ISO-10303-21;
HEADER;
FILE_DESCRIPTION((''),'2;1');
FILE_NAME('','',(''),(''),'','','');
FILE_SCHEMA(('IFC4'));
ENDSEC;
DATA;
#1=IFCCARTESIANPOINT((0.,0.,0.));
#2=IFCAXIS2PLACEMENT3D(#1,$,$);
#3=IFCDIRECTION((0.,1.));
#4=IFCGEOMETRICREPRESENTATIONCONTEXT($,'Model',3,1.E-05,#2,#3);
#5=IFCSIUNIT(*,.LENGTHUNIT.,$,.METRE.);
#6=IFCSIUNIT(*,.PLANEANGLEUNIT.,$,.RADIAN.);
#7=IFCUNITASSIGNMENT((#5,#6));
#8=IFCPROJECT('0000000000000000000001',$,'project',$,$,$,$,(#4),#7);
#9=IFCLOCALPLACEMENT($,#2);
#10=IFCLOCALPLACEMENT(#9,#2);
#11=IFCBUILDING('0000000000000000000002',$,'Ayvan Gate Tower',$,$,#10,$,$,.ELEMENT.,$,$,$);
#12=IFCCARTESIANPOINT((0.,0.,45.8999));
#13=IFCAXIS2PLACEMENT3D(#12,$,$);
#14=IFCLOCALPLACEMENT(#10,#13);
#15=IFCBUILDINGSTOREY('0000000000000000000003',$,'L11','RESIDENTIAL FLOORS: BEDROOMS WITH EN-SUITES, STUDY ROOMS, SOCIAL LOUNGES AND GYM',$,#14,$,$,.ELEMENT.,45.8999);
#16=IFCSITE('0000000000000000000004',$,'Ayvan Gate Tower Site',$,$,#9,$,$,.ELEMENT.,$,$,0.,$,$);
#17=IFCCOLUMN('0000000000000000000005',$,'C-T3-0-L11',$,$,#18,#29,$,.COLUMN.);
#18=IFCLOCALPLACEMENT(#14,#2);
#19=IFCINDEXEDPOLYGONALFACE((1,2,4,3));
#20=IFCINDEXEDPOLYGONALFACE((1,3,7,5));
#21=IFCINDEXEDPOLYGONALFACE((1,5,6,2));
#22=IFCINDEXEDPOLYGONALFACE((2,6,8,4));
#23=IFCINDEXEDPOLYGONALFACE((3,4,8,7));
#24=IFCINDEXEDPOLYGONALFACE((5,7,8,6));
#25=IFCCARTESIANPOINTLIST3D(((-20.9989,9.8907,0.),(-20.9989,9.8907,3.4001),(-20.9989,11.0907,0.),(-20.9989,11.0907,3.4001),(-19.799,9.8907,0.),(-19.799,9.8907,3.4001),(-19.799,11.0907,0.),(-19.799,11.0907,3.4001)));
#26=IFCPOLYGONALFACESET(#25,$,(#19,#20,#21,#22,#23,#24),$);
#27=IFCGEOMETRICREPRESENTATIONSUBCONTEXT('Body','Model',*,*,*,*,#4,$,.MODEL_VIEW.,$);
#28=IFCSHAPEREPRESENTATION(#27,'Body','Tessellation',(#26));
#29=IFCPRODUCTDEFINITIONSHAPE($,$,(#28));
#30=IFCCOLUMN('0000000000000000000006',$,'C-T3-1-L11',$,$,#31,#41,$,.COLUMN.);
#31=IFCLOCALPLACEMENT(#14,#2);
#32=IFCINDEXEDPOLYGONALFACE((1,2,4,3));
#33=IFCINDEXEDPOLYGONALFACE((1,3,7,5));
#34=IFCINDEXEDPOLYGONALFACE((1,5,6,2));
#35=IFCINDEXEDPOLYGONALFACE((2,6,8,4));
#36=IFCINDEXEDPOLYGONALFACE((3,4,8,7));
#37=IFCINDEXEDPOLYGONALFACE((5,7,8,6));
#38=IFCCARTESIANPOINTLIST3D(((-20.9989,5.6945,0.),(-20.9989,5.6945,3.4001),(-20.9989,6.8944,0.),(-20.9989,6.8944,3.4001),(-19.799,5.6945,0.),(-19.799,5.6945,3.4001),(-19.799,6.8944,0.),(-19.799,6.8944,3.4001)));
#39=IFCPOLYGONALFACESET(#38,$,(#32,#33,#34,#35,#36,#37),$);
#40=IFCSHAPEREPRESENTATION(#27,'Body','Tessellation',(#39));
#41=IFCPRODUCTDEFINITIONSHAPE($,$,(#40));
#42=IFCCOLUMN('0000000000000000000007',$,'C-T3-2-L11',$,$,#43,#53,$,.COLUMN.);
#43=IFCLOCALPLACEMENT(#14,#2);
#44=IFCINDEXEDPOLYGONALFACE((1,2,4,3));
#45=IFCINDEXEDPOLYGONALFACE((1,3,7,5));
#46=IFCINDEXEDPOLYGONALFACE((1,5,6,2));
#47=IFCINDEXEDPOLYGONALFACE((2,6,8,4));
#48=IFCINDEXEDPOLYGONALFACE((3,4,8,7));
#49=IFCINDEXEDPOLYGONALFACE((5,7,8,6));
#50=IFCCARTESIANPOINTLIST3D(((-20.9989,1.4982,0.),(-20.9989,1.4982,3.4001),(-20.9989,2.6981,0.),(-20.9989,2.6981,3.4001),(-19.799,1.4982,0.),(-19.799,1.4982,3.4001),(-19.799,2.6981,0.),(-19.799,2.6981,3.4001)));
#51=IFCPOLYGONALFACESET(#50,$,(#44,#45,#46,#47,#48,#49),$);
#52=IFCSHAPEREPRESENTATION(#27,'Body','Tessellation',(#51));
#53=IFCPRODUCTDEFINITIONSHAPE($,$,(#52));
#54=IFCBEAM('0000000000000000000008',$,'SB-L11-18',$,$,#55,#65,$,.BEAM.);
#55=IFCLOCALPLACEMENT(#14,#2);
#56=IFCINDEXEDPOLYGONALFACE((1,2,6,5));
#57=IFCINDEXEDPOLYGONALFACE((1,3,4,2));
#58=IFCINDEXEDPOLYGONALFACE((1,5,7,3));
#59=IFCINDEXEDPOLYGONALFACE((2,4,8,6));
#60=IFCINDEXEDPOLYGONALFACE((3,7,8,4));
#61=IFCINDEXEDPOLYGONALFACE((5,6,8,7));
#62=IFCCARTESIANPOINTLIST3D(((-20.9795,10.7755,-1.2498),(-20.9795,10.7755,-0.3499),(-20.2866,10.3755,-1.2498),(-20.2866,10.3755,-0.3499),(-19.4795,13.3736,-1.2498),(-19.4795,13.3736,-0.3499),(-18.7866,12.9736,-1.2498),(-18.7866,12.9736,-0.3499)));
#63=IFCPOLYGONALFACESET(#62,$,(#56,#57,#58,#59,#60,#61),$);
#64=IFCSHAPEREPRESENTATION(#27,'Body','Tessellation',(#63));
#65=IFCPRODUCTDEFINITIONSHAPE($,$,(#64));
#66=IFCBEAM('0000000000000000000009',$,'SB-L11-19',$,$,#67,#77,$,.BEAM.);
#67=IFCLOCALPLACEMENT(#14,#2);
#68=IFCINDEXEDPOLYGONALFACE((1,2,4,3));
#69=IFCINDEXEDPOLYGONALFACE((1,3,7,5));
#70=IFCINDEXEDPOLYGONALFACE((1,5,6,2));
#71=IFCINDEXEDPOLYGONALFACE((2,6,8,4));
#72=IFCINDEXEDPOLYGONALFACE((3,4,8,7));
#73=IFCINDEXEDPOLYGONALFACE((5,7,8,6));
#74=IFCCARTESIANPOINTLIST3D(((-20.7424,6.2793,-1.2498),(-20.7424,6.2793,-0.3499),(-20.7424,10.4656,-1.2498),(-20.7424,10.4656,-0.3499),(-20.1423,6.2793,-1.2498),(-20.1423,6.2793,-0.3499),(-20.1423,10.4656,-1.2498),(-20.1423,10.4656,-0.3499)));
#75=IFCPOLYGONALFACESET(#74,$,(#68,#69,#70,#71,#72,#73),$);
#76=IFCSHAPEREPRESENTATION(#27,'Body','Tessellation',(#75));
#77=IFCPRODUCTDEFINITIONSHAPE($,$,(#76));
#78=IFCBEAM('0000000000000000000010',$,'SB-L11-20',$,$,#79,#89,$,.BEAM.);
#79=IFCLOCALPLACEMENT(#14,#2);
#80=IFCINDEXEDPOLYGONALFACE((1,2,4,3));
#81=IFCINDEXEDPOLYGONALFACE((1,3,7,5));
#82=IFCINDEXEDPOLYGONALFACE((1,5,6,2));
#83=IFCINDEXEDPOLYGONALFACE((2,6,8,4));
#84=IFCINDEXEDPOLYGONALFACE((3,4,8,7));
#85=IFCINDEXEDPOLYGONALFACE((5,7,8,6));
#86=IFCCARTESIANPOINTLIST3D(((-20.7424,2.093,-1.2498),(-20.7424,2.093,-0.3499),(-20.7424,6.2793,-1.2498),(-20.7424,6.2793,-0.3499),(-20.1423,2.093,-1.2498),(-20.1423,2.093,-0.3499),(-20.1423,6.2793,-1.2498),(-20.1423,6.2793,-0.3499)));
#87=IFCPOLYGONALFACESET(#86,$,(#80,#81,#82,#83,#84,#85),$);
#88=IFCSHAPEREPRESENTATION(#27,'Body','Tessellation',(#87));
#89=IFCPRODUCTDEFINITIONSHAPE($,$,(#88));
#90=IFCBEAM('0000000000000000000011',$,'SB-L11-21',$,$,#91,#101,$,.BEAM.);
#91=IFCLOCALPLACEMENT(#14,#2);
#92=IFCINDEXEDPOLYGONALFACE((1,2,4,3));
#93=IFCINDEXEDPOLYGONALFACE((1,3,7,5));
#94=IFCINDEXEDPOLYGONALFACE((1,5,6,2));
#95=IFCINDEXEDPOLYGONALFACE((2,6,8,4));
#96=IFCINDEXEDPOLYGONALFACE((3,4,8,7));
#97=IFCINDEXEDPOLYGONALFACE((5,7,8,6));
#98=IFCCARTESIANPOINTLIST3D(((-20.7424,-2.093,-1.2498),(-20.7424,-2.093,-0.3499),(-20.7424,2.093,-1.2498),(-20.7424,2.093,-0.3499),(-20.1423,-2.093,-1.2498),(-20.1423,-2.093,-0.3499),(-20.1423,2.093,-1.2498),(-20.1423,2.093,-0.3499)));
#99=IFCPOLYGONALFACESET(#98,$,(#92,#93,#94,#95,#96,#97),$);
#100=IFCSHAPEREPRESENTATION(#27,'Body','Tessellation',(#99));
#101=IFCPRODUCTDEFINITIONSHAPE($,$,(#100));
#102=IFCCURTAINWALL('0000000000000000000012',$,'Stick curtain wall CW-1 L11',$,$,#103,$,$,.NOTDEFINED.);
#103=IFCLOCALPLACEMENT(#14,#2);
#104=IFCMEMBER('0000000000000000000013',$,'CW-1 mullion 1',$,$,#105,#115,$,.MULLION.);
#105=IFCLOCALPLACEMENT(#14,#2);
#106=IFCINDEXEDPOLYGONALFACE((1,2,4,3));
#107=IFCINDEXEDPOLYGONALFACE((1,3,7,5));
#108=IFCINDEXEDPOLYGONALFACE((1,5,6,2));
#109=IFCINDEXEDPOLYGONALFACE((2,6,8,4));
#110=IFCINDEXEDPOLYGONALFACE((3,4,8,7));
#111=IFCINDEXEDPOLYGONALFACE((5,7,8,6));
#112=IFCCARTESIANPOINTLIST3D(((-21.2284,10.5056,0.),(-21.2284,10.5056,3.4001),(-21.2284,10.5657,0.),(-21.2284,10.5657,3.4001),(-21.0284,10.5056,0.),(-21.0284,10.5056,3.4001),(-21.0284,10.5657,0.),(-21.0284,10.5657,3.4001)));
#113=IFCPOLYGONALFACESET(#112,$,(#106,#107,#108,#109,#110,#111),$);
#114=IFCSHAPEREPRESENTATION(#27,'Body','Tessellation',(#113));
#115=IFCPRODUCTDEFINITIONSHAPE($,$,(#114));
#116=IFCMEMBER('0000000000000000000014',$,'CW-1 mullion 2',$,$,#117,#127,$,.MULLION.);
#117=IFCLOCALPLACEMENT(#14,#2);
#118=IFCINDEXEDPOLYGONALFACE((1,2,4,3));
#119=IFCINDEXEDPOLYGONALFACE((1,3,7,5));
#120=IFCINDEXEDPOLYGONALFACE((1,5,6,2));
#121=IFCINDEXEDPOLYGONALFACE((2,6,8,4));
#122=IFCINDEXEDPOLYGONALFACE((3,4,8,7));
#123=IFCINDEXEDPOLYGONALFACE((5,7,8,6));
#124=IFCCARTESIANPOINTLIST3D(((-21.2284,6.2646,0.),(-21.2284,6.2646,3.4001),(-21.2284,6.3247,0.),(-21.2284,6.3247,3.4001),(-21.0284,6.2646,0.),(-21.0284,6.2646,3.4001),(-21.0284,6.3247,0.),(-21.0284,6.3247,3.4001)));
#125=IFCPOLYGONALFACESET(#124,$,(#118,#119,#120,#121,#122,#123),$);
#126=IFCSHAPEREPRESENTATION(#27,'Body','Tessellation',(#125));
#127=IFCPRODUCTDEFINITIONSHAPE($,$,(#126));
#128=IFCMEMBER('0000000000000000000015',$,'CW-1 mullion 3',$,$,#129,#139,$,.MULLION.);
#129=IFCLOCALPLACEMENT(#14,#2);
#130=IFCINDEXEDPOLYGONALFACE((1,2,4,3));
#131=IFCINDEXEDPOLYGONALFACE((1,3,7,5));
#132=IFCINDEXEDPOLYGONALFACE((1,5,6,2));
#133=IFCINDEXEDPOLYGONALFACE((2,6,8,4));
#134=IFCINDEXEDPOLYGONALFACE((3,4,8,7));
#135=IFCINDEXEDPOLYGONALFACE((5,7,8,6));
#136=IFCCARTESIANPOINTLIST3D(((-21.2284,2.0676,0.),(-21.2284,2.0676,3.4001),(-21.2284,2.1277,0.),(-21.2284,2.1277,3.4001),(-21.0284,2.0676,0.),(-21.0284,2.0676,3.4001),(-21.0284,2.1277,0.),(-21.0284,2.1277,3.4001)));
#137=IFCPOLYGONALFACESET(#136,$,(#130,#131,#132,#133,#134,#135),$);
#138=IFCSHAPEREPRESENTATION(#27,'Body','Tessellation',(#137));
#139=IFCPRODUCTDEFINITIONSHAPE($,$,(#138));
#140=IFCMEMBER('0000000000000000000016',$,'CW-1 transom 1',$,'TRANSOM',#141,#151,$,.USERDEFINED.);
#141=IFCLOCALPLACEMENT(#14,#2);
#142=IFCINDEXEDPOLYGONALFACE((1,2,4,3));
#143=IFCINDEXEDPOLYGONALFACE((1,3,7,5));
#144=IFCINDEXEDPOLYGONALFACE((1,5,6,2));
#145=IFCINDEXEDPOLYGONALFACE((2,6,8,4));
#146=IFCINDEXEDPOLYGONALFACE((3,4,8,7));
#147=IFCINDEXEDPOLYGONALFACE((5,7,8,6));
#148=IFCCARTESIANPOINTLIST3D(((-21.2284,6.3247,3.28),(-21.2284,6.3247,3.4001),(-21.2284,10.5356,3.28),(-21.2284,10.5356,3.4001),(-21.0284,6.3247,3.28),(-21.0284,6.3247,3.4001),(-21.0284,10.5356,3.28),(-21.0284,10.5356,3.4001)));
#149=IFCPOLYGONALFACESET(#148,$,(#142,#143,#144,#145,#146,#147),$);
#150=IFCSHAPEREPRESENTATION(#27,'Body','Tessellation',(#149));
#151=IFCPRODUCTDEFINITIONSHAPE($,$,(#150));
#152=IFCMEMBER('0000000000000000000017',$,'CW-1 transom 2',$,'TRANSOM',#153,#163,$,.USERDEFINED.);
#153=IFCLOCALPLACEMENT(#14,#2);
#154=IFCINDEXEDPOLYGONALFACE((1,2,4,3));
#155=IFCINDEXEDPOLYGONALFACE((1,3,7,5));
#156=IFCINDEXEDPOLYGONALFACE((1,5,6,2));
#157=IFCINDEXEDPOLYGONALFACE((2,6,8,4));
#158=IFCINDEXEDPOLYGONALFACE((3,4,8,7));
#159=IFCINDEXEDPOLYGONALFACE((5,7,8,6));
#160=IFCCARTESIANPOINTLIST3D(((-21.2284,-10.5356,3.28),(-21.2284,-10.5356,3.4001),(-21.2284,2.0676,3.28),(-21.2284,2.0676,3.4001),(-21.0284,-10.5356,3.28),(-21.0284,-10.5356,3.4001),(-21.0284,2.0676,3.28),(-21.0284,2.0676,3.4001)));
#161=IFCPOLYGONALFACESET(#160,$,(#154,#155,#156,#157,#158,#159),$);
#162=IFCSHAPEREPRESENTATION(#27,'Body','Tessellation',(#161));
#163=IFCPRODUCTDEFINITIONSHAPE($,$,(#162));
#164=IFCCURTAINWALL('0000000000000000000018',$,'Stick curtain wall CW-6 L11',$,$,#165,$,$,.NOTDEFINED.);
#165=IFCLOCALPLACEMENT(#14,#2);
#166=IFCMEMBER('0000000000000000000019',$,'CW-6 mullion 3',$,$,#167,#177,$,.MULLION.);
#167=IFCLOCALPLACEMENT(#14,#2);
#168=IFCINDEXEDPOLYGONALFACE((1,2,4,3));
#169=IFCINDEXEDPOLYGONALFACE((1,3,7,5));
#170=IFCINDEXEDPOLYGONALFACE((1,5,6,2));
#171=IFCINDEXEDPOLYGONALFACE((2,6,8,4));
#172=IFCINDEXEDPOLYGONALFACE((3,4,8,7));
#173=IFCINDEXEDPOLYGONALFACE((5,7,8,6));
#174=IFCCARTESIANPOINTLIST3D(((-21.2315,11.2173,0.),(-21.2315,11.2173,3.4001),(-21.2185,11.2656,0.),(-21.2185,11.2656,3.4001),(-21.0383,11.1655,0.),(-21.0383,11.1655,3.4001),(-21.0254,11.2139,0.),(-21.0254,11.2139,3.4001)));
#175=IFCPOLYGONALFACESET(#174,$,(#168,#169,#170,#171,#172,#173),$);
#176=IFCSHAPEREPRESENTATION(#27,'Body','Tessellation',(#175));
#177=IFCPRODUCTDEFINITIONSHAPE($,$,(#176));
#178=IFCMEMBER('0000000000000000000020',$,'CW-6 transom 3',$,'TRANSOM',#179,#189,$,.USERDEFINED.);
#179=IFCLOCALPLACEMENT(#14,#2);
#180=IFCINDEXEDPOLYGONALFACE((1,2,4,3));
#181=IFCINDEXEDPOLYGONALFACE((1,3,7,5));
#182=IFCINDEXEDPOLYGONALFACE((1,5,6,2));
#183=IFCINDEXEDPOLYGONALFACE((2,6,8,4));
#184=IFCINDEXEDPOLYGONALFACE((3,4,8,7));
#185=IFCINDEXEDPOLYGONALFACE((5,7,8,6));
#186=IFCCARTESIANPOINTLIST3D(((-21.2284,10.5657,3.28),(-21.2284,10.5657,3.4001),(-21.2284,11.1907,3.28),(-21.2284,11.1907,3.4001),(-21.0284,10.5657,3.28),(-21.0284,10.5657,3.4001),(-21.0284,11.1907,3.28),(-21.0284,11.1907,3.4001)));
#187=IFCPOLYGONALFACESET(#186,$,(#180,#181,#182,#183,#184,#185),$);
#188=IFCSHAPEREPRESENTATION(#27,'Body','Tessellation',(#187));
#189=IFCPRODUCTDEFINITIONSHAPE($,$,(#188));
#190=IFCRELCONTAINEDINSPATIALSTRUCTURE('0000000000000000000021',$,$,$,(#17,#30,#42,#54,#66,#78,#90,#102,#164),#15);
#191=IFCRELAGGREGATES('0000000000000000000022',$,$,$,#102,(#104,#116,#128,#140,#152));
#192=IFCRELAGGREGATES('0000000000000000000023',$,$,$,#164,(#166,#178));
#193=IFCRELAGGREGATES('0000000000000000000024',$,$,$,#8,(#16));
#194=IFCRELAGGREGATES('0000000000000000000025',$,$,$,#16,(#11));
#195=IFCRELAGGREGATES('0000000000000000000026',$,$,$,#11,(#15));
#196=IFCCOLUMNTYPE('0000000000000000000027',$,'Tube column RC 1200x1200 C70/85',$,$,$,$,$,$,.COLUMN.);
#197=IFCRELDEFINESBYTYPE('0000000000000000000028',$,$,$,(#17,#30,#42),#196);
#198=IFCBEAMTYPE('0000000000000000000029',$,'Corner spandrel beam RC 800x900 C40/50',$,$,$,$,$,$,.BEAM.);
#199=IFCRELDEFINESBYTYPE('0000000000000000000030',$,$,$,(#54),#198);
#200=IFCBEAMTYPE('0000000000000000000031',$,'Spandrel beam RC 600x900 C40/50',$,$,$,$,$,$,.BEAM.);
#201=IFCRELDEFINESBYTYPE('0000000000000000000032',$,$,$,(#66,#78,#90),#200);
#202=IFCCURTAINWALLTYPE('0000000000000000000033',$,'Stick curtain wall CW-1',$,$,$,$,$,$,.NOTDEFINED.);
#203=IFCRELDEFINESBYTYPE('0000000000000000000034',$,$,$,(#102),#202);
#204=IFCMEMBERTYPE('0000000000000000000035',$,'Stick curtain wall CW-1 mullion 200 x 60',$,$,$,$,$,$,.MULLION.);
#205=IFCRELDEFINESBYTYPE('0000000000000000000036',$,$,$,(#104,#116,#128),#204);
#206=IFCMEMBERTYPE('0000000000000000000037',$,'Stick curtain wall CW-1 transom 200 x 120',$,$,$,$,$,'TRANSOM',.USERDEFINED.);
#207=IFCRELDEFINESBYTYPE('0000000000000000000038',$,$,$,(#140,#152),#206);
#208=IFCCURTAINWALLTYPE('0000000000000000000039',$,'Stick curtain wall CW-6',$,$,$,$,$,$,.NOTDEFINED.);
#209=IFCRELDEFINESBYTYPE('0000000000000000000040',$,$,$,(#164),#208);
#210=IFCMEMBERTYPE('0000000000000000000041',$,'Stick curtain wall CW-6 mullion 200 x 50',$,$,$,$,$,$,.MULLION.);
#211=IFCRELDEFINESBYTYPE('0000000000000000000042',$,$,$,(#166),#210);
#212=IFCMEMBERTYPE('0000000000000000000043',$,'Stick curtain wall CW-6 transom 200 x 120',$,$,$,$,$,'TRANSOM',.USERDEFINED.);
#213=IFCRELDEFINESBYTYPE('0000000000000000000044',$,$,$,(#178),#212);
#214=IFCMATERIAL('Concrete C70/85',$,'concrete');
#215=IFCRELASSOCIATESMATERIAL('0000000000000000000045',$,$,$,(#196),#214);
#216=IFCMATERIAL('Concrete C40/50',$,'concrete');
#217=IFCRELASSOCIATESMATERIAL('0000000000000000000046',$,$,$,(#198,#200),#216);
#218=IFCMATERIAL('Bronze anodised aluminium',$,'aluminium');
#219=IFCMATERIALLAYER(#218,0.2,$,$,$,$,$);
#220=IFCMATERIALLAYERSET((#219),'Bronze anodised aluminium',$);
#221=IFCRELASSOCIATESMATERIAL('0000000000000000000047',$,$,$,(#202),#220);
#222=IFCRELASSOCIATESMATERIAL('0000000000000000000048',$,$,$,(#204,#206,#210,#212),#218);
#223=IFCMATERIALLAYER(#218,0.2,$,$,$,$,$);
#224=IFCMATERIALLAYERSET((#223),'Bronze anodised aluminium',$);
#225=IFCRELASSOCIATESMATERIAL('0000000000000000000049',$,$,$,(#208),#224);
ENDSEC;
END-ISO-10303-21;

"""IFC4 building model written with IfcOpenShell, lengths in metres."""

from ifc_helpers import new_model, si_unit, direction, frame, origin, origin_2d, place, context, subcontext, project, spatial, rectangle, extrude, material, layer, layer_set, material_profile, profile_set, type_object, element, aggregate, save


model = new_model("IFC4")

# Units and contexts
model_context = context("Model", 3, precision=1e-05, world=origin(), true_north=direction((0.0, 1.0)))
body_context = subcontext(model_context, "Body", "Model", "MODEL_VIEW")
ifc_project = project(units=[si_unit("LENGTHUNIT", "METRE"), si_unit("PLANEANGLEUNIT", "RADIAN")], contexts=[model_context])

# Site, building, storey
site_placement = place(None, origin())
site = spatial("IfcSite", under=ifc_project, at=site_placement, Name="Ayvan Gate Tower Site", CompositionType="ELEMENT", RefElevation=0.0)
building_placement = place(site_placement, origin())
building = spatial("IfcBuilding", under=site, at=building_placement, Name="Ayvan Gate Tower", CompositionType="ELEMENT")
storey_placement = place(building_placement, frame((0.0, 0.0, 45.8999)))
storey = spatial("IfcBuildingStorey", under=building, at=storey_placement, Name="L11", Description="RESIDENTIAL FLOORS: BEDROOMS WITH EN-SUITES, STUDY ROOMS, SOCIAL LOUNGES AND GYM", CompositionType="ELEMENT", Elevation=45.8999)

# Columns
ifc_material_1 = material(Name="Concrete C70/85", Category="concrete")
ifc_material_profile_1 = material_profile(ifc_material_1, rectangle(XDim=1.2, YDim=1.2, at=origin_2d()), Name="RC 1200x1200")
ifc_profile_set_1 = profile_set([ifc_material_profile_1], Name="Concrete C70/85")
column_type = type_object("IfcColumnType", Name="Tube column RC 1200x1200 C70/85", PredefinedType="COLUMN", material=ifc_profile_set_1)
for number, where, z_axis, x_axis, name in (
    (1, (-20.3989, 10.4907, 0.0), (0.0, 0.0, 1.0), (-1.0, 0.0, 0.0), "C-T3-0-L11"),
    (2, (-20.3989, 6.2944, 0.0), (0.0, 0.0, 1.0), (-1.0, 0.0, 0.0), "C-T3-1-L11"),
    (3, (-20.3989, 2.0981, 0.0), (0.0, 0.0, 1.0), (-1.0, 0.0, 0.0), "C-T3-2-L11"),
):
    element("IfcColumn", number, at=place(storey_placement, frame(where, z_axis=z_axis, x_axis=x_axis)), inside=storey, type_object=column_type, Name=name, PredefinedType="COLUMN", context=body_context, shape_type="SweptSolid", body=[
        extrude(rectangle(XDim=1.2, YDim=1.2, at=origin_2d()), origin(), (0.0, 0.0, 1.0), 3.4001),
    ])

# Beams
ifc_material_2 = material(Name="Concrete C40/50", Category="concrete")
ifc_material_profile_2 = material_profile(ifc_material_2, rectangle(XDim=0.8, YDim=0.8999, at=origin_2d()), Name="RC 800x900")
ifc_profile_set_2 = profile_set([ifc_material_profile_2], Name="Concrete C40/50")
beam_type_1 = type_object("IfcBeamType", Name="Corner spandrel beam RC 800x900 C40/50", PredefinedType="BEAM", material=ifc_profile_set_2)
beam_1_placement = place(storey_placement, frame((-19.1331, 13.1736, -0.7998), z_axis=(-0.49999, -0.866031, 0.0), x_axis=(0.866031, -0.49999, 0.0)))
element("IfcBeam", 4, at=beam_1_placement, inside=storey, type_object=beam_type_1, Name="SB-L11-18", PredefinedType="BEAM", context=body_context, shape_type="SweptSolid", body=[
    extrude(rectangle(XDim=0.8, YDim=0.8999, at=origin_2d()), origin(), (0.0, 0.0, 1.0), 3.0),
])
ifc_material_profile_3 = material_profile(ifc_material_2, rectangle(XDim=0.6001, YDim=0.8999, at=origin_2d()), Name="RC 600x900")
ifc_profile_set_3 = profile_set([ifc_material_profile_3], Name="Concrete C40/50")
beam_type_2 = type_object("IfcBeamType", Name="Spandrel beam RC 600x900 C40/50", PredefinedType="BEAM", material=ifc_profile_set_3)
for number, where, z_axis, x_axis, name in (
    (5, (-20.4424, 10.4656, -0.7998), (0.0, -1.0, 0.0), (1.0, 0.0, 0.0), "SB-L11-19"),
    (6, (-20.4424, 6.2793, -0.7998), (0.0, -1.0, 0.0), (1.0, 0.0, 0.0), "SB-L11-20"),
):
    element("IfcBeam", number, at=place(storey_placement, frame(where, z_axis=z_axis, x_axis=x_axis)), inside=storey, type_object=beam_type_2, Name=name, PredefinedType="BEAM", context=body_context, shape_type="SweptSolid", body=[
        extrude(rectangle(XDim=0.6001, YDim=0.8999, at=origin_2d()), origin(), (0.0, 0.0, 1.0), 4.1863),
    ])
beam_2_placement = place(storey_placement, frame((-20.4424, 2.093, -0.7998), z_axis=(0.0, -1.0, 0.0), x_axis=(1.0, 0.0, 0.0)))
element("IfcBeam", 7, at=beam_2_placement, inside=storey, type_object=beam_type_2, Name="SB-L11-21", PredefinedType="BEAM", context=body_context, shape_type="SweptSolid", body=[
    extrude(rectangle(XDim=0.6001, YDim=0.8999, at=origin_2d()), origin(), (0.0, 0.0, 1.0), 4.186),
])

# Curtain walls, members
ifc_material_3 = material(Name="Bronze anodised aluminium", Category="aluminium")
ifc_layer_1 = layer(ifc_material_3, 0.2)
ifc_layer_set_1 = layer_set([ifc_layer_1], Name="Bronze anodised aluminium")
curtain_wall_type_1 = type_object("IfcCurtainWallType", Name="Stick curtain wall CW-1", PredefinedType="NOTDEFINED", material=ifc_layer_set_1)
curtain_wall_1_placement = place(storey_placement, origin())
curtain_wall_1 = element("IfcCurtainWall", 8, at=curtain_wall_1_placement, inside=storey, type_object=curtain_wall_type_1, Name="Stick curtain wall CW-1 L11", PredefinedType="NOTDEFINED")
ifc_material_profile_4 = material_profile(ifc_material_3, rectangle(XDim=0.2, YDim=0.0601, at=origin_2d()), Name="Stick curtain wall CW-1 mullion 200 x 60")
ifc_profile_set_4 = profile_set([ifc_material_profile_4], Name="Bronze anodised aluminium")
member_type_1 = type_object("IfcMemberType", Name="Stick curtain wall CW-1 mullion 200 x 60", PredefinedType="MULLION", material=ifc_profile_set_4)
member_1_placement = place(storey_placement, frame((-21.1284, 10.5356, 0.0), z_axis=(0.0, 0.0, 1.0), x_axis=(-1.0, 0.0, 0.0)))
member_1 = element("IfcMember", 9, at=member_1_placement, type_object=member_type_1, Name="CW-1 mullion 1", PredefinedType="MULLION", context=body_context, shape_type="SweptSolid", body=[
    extrude(rectangle(XDim=0.2, YDim=0.0601, at=origin_2d()), origin(), (0.0, 0.0, 1.0), 3.4001),
])
member_2_placement = place(storey_placement, frame((-21.1284, 6.2947, 0.0), z_axis=(0.0, 0.0, 1.0), x_axis=(-1.0, 0.0, 0.0)))
member_2 = element("IfcMember", 10, at=member_2_placement, type_object=member_type_1, Name="CW-1 mullion 2", PredefinedType="MULLION", context=body_context, shape_type="SweptSolid", body=[
    extrude(rectangle(XDim=0.2, YDim=0.0601, at=origin_2d()), origin(), (0.0, 0.0, 1.0), 3.4001),
])
member_3_placement = place(storey_placement, frame((-21.1284, 2.0977, 0.0), z_axis=(0.0, 0.0, 1.0), x_axis=(-1.0, 0.0, 0.0)))
member_3 = element("IfcMember", 11, at=member_3_placement, type_object=member_type_1, Name="CW-1 mullion 3", PredefinedType="MULLION", context=body_context, shape_type="SweptSolid", body=[
    extrude(rectangle(XDim=0.2, YDim=0.0601, at=origin_2d()), origin(), (0.0, 0.0, 1.0), 3.4001),
])
ifc_material_profile_5 = material_profile(ifc_material_3, rectangle(XDim=0.2, YDim=0.1201, at=origin_2d()), Name="Stick curtain wall CW-1 transom 200 x 120")
ifc_profile_set_5 = profile_set([ifc_material_profile_5], Name="Bronze anodised aluminium")
member_type_2 = type_object("IfcMemberType", Name="Stick curtain wall CW-1 transom 200 x 120", ElementType="TRANSOM", PredefinedType="USERDEFINED", material=ifc_profile_set_5)
member_4_placement = place(storey_placement, frame((-21.1284, 10.5356, 3.3401), z_axis=(0.0, -1.0, 0.0), x_axis=(1.0, 0.0, 0.0)))
member_4 = element("IfcMember", 12, at=member_4_placement, type_object=member_type_2, Name="CW-1 transom 1", ObjectType="TRANSOM", PredefinedType="USERDEFINED", context=body_context, shape_type="SweptSolid", body=[
    extrude(rectangle(XDim=0.2, YDim=0.1201, at=origin_2d()), origin(), (0.0, 0.0, 1.0), 4.2109),
])
member_5_placement = place(storey_placement, frame((-21.1284, 2.0676, 3.3401), z_axis=(0.0, -1.0, 0.0), x_axis=(1.0, 0.0, 0.0)))
member_5 = element("IfcMember", 13, at=member_5_placement, type_object=member_type_2, Name="CW-1 transom 2", ObjectType="TRANSOM", PredefinedType="USERDEFINED", context=body_context, shape_type="SweptSolid", body=[
    extrude(rectangle(XDim=0.2, YDim=0.1201, at=origin_2d()), origin(), (0.0, 0.0, 1.0), 12.6033),
])
ifc_layer_2 = layer(ifc_material_3, 0.2)
ifc_layer_set_2 = layer_set([ifc_layer_2], Name="Bronze anodised aluminium")
curtain_wall_type_2 = type_object("IfcCurtainWallType", Name="Stick curtain wall CW-6", PredefinedType="NOTDEFINED", material=ifc_layer_set_2)
curtain_wall_2_placement = place(storey_placement, origin())
curtain_wall_2 = element("IfcCurtainWall", 14, at=curtain_wall_2_placement, inside=storey, type_object=curtain_wall_type_2, Name="Stick curtain wall CW-6 L11", PredefinedType="NOTDEFINED")
ifc_material_profile_6 = material_profile(ifc_material_3, rectangle(XDim=0.2, YDim=0.05, at=origin_2d()), Name="Stick curtain wall CW-6 mullion 200 x 50")
ifc_profile_set_6 = profile_set([ifc_material_profile_6], Name="Bronze anodised aluminium")
member_type_3 = type_object("IfcMemberType", Name="Stick curtain wall CW-6 mullion 200 x 50", PredefinedType="MULLION", material=ifc_profile_set_6)
member_6_placement = place(storey_placement, frame((-21.1284, 11.2156, 0.0), z_axis=(0.0, 0.0, 1.0), x_axis=(-0.965926, 0.258819, 0.0)))
member_6 = element("IfcMember", 15, at=member_6_placement, type_object=member_type_3, Name="CW-6 mullion 3", PredefinedType="MULLION", context=body_context, shape_type="SweptSolid", body=[
    extrude(rectangle(XDim=0.2, YDim=0.05, at=origin_2d()), origin(), (0.0, 0.0, 1.0), 3.4001),
])
ifc_material_profile_7 = material_profile(ifc_material_3, rectangle(XDim=0.2, YDim=0.1201, at=origin_2d()), Name="Stick curtain wall CW-6 transom 200 x 120")
ifc_profile_set_7 = profile_set([ifc_material_profile_7], Name="Bronze anodised aluminium")
member_type_4 = type_object("IfcMemberType", Name="Stick curtain wall CW-6 transom 200 x 120", ElementType="TRANSOM", PredefinedType="USERDEFINED", material=ifc_profile_set_7)
member_7_placement = place(storey_placement, frame((-21.1284, 11.1907, 3.3401), z_axis=(0.0, -1.0, 0.0), x_axis=(1.0, 0.0, 0.0)))
member_7 = element("IfcMember", 16, at=member_7_placement, type_object=member_type_4, Name="CW-6 transom 3", ObjectType="TRANSOM", PredefinedType="USERDEFINED", context=body_context, shape_type="SweptSolid", body=[
    extrude(rectangle(XDim=0.2, YDim=0.1201, at=origin_2d()), origin(), (0.0, 0.0, 1.0), 0.625),
])

aggregate(curtain_wall_1, [member_1, member_2, member_3, member_4, member_5])
aggregate(curtain_wall_2, [member_6, member_7])

save(model, "model.ifc")
